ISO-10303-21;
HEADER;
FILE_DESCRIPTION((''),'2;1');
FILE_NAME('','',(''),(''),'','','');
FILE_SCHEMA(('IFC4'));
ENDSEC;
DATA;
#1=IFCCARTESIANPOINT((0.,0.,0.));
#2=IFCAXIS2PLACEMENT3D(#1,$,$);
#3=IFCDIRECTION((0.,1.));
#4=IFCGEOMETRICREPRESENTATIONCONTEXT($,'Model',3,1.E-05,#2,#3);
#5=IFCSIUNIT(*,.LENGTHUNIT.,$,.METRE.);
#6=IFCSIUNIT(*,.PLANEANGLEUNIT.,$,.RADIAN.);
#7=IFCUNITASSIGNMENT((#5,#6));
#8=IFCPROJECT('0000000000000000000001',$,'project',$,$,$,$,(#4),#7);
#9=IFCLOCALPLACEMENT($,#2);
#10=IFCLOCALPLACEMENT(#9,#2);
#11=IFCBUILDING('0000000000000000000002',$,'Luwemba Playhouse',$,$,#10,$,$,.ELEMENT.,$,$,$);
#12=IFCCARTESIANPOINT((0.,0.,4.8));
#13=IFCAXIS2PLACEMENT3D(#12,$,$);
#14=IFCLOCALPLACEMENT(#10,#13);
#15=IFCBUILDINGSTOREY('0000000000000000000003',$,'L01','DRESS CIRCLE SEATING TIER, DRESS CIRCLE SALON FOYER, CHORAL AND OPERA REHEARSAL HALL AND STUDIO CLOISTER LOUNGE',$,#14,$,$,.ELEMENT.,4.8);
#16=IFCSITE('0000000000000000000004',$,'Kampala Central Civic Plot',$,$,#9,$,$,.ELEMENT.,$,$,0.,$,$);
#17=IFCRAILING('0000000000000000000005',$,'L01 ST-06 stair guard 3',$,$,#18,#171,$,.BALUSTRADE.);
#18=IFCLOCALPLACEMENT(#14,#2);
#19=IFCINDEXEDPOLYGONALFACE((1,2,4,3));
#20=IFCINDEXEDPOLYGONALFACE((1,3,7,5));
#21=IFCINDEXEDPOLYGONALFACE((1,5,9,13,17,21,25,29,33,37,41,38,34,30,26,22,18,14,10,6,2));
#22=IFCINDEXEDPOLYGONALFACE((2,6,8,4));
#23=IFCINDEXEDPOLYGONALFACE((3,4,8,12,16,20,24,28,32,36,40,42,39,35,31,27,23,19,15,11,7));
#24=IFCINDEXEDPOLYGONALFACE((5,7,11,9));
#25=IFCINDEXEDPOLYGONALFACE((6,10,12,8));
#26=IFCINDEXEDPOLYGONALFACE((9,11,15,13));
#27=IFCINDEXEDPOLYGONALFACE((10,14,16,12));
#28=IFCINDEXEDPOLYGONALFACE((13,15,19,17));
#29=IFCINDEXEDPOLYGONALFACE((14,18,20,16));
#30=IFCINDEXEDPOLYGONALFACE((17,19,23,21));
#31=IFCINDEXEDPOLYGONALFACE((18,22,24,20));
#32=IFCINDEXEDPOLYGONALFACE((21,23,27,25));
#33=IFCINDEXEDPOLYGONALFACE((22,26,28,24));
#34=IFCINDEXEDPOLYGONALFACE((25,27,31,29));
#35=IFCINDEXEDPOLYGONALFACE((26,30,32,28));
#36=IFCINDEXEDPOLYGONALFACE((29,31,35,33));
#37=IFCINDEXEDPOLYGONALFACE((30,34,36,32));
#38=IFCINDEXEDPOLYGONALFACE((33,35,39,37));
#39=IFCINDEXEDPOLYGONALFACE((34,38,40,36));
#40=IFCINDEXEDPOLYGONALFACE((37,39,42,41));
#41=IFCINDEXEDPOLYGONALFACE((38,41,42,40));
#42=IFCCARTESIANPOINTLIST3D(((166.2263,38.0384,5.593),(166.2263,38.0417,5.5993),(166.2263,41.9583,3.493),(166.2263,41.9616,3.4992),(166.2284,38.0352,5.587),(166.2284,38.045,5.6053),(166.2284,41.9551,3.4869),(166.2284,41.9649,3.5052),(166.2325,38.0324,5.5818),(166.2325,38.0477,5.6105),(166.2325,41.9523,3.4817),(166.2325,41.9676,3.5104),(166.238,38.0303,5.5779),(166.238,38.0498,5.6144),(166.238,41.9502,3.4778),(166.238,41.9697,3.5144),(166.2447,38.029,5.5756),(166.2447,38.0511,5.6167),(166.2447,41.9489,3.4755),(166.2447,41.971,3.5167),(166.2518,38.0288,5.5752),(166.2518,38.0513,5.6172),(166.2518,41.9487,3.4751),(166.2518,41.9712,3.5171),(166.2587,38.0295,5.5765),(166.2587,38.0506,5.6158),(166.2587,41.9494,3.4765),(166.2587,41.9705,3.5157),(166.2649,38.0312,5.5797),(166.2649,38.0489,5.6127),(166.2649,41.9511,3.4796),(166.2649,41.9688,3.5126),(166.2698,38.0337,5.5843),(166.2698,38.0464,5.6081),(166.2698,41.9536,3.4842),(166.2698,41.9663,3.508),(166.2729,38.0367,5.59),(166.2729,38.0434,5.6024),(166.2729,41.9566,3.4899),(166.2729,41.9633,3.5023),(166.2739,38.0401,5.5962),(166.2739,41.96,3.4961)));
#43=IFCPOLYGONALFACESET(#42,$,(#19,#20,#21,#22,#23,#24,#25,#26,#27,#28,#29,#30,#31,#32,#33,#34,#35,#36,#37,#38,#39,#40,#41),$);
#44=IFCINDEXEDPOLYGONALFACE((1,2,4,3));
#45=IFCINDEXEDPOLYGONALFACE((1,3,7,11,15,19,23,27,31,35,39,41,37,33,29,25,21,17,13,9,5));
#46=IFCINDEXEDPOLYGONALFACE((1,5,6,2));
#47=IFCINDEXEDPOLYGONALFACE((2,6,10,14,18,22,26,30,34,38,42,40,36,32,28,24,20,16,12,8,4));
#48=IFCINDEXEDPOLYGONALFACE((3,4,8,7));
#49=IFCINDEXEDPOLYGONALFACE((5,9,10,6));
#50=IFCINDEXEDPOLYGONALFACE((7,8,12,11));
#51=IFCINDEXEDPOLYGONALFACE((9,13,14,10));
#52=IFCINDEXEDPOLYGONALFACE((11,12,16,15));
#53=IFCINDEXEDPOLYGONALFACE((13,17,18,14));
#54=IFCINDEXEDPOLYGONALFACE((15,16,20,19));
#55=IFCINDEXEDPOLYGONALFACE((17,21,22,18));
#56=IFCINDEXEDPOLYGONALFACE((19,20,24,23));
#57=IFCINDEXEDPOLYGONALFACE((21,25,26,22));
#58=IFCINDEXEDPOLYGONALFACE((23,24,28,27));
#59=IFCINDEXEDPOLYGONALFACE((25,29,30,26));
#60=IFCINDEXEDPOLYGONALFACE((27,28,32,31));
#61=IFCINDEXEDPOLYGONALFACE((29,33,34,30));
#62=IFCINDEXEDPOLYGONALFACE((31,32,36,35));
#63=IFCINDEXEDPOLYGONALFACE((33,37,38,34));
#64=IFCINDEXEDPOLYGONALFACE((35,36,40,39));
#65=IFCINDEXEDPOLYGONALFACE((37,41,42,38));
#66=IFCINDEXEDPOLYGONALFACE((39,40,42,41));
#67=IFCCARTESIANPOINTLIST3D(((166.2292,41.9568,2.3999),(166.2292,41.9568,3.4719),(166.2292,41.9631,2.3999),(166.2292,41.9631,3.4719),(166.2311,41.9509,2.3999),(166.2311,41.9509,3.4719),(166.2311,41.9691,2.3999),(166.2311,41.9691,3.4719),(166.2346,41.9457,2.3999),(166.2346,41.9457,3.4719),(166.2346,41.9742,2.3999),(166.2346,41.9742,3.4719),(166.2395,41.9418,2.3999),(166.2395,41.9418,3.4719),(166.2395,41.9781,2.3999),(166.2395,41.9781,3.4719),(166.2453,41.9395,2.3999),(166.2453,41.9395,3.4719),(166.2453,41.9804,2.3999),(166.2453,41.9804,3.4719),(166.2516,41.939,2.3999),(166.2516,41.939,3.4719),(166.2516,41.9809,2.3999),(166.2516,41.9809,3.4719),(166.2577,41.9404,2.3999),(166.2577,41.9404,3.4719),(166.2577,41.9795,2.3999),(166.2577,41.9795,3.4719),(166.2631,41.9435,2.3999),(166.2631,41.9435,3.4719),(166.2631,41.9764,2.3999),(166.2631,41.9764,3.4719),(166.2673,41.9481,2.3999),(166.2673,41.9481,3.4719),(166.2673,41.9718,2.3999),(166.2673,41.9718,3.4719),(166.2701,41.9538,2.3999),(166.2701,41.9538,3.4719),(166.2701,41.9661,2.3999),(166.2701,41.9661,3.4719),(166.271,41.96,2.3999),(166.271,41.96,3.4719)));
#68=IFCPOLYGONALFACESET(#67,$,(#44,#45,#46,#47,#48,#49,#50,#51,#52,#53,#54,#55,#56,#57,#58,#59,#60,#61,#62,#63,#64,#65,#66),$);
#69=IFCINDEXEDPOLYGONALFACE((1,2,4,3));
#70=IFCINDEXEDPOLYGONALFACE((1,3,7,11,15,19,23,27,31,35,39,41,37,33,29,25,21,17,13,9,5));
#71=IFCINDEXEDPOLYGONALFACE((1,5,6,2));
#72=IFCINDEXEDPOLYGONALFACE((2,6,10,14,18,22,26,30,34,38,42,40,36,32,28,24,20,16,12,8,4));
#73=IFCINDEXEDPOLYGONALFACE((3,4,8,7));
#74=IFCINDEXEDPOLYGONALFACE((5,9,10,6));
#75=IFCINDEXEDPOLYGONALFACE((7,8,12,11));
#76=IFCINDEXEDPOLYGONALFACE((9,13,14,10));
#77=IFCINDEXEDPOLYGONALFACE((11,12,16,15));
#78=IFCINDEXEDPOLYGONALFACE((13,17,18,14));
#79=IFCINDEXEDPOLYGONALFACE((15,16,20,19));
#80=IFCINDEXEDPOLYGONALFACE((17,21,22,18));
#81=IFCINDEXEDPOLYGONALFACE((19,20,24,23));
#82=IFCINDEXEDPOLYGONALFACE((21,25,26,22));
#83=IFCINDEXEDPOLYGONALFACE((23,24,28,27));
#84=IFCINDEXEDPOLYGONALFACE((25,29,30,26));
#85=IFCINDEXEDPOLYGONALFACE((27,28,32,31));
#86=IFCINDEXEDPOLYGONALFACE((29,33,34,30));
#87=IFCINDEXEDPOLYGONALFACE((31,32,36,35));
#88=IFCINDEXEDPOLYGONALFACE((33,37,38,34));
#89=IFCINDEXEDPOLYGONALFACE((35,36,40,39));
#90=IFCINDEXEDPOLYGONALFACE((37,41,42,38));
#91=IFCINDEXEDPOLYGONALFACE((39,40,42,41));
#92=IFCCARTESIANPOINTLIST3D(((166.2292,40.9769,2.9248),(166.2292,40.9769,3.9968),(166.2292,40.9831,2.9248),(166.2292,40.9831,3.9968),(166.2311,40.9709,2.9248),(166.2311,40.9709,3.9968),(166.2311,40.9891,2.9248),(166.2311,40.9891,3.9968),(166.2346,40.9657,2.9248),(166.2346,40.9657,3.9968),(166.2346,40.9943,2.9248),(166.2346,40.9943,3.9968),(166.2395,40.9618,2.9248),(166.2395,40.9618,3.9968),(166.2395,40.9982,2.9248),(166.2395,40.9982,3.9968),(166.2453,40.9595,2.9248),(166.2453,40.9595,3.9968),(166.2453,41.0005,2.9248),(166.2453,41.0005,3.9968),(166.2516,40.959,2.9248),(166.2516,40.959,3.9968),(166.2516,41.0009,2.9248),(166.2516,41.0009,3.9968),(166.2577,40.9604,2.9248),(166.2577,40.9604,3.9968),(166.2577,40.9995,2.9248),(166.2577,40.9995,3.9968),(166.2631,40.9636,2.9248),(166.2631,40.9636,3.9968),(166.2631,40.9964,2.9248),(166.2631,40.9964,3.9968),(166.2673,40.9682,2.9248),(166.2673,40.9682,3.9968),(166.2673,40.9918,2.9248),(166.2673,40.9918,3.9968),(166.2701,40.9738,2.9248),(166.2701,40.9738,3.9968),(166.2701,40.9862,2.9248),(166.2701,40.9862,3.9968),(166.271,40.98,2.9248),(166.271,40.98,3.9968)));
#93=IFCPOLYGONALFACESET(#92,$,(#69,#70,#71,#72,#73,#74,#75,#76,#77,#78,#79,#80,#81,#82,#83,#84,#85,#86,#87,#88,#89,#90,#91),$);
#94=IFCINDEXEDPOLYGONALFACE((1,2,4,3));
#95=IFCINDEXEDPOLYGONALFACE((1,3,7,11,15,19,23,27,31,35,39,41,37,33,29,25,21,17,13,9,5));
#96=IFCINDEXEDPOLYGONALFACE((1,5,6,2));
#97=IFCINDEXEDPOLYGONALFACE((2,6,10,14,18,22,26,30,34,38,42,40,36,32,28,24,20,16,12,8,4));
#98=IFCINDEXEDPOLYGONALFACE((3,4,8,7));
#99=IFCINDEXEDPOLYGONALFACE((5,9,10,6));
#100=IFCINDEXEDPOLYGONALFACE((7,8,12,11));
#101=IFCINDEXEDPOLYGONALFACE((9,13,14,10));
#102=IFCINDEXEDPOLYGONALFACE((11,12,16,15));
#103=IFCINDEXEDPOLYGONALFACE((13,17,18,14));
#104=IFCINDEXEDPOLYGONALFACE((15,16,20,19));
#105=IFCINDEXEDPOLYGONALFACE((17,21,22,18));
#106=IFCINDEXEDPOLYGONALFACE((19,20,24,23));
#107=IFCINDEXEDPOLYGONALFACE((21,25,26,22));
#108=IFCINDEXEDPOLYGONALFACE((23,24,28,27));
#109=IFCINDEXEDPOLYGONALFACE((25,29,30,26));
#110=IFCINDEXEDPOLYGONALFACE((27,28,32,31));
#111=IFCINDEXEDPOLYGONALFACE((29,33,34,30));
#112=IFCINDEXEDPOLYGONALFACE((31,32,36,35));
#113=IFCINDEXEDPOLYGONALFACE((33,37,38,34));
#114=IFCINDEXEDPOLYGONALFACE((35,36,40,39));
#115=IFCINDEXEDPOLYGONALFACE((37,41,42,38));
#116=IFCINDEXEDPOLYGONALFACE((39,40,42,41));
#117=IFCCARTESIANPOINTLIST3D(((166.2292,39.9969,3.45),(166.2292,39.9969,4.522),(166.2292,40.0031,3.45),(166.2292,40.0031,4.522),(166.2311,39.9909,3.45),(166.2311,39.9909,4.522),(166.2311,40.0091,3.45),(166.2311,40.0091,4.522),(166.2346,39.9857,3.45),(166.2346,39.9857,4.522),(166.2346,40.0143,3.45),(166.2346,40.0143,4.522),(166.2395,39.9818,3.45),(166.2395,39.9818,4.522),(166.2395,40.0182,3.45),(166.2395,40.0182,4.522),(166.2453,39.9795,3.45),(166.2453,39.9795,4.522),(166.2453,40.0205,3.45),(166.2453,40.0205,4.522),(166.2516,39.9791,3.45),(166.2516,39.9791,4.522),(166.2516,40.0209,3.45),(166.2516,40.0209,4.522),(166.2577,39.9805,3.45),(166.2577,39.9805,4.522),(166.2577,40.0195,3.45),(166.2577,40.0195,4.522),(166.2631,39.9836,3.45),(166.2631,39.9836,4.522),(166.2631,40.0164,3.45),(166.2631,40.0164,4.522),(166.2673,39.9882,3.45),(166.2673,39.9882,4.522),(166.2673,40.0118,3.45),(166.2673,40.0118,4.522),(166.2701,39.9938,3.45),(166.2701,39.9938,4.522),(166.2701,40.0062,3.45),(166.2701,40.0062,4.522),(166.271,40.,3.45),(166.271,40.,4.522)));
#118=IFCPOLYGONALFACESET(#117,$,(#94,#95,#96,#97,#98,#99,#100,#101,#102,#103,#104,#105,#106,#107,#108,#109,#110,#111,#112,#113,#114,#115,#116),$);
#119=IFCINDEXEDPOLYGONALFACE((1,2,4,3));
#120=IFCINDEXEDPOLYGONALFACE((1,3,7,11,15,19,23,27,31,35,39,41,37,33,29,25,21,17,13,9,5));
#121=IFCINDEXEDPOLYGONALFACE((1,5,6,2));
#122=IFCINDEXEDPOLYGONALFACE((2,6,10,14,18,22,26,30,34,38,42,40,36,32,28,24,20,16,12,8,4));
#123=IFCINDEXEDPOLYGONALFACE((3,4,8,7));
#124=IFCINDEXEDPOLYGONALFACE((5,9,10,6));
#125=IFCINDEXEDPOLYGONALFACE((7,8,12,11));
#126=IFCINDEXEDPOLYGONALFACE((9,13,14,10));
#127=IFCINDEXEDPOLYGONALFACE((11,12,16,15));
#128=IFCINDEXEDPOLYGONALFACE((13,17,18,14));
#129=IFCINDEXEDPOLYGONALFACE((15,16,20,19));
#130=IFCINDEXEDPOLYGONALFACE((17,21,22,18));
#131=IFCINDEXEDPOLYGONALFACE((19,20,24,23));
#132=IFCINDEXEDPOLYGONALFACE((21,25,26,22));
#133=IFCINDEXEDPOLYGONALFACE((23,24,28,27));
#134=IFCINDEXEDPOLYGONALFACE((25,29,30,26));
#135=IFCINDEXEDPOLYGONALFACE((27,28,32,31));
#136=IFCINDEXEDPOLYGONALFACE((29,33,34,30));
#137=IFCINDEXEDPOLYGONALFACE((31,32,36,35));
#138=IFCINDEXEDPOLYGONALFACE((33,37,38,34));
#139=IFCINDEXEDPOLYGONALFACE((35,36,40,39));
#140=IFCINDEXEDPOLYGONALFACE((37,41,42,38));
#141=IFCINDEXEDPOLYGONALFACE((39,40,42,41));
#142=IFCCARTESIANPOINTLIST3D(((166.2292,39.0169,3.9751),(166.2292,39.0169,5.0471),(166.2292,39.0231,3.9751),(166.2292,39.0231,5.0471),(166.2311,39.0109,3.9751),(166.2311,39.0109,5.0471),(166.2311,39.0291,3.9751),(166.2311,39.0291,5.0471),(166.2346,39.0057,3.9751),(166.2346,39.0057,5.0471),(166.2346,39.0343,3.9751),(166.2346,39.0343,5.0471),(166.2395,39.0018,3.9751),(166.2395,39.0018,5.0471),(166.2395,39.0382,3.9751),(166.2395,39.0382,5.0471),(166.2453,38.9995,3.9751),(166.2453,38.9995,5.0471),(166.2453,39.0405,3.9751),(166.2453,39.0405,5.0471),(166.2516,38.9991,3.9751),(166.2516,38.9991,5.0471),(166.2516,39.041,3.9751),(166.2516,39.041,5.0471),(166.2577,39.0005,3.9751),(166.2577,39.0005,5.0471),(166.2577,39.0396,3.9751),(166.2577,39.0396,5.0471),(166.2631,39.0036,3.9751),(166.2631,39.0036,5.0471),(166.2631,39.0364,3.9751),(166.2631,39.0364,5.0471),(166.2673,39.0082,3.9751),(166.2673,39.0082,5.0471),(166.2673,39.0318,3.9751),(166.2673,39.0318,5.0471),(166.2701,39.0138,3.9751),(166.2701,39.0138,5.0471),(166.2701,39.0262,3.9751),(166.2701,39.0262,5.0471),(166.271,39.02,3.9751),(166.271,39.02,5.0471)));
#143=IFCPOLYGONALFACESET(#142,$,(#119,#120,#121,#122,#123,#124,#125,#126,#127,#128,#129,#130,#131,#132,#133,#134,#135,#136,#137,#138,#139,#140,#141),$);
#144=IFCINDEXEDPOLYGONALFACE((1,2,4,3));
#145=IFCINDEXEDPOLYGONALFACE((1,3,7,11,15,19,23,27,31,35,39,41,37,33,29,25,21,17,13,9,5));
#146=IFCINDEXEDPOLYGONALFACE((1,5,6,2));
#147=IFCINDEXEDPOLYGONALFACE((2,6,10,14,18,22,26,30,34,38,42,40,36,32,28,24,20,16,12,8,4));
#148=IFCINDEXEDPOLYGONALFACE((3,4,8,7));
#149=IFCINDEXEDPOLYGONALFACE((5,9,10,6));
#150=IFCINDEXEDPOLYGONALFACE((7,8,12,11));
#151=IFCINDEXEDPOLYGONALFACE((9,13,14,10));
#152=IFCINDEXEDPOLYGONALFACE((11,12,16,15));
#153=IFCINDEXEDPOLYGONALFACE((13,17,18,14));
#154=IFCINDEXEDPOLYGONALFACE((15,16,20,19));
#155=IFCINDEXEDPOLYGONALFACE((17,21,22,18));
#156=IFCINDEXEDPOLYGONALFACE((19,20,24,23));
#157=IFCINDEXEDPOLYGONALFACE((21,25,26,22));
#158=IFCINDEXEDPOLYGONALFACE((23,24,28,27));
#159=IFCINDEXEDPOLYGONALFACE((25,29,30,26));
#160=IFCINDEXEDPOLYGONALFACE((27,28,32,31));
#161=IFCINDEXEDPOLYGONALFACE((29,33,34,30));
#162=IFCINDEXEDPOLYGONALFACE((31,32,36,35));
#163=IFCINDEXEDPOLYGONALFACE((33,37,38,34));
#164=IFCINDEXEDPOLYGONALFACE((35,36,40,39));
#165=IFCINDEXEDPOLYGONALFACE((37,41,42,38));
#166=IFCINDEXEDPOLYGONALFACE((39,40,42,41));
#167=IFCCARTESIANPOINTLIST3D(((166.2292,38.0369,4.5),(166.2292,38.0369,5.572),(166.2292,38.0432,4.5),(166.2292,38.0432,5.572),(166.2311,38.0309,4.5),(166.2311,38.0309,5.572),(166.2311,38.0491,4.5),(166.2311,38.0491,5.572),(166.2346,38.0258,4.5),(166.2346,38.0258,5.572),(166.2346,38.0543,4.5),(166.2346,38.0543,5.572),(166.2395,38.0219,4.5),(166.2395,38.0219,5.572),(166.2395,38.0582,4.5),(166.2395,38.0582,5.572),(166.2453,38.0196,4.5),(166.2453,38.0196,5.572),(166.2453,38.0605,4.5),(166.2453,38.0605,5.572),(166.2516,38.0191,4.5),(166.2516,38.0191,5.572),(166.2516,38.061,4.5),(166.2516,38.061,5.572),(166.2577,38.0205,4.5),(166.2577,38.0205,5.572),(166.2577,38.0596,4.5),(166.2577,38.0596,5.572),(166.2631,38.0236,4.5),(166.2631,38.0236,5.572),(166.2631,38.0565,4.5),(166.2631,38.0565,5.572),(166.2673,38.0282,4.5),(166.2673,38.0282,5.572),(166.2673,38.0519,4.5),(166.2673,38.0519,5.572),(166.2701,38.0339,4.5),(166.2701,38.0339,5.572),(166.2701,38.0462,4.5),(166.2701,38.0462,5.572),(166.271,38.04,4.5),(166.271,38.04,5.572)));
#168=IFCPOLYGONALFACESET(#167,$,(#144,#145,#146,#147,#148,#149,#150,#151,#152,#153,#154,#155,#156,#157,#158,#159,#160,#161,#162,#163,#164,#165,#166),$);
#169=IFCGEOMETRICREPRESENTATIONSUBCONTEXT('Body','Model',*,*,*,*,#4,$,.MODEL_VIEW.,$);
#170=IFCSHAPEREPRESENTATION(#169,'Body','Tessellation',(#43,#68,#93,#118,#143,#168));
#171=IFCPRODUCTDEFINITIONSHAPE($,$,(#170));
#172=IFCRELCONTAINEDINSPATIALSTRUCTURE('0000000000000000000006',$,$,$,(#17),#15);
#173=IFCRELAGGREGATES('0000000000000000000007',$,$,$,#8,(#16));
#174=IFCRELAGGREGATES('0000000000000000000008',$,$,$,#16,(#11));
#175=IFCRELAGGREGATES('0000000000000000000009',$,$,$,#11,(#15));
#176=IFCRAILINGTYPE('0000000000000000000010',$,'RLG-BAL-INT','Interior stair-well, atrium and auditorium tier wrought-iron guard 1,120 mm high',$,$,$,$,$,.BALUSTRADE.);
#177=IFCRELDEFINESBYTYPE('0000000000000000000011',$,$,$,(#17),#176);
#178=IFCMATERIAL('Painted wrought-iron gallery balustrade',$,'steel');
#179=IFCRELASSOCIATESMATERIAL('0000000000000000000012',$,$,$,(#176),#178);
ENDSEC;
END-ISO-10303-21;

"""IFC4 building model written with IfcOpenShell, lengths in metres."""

from ifc_helpers import new_model, si_unit, direction, frame, origin, origin_2d, place, context, subcontext, project, spatial, circle, extrude, material, type_object, element, save


model = new_model("IFC4")

# Units and contexts
model_context = context("Model", 3, precision=1e-05, world=origin(), true_north=direction((0.0, 1.0)))
body_context = subcontext(model_context, "Body", "Model", "MODEL_VIEW")
ifc_project = project(units=[si_unit("LENGTHUNIT", "METRE"), si_unit("PLANEANGLEUNIT", "RADIAN")], contexts=[model_context])

# Site, building, storey
site_placement = place(None, origin())
site = spatial("IfcSite", under=ifc_project, at=site_placement, Name="Kampala Central Civic Plot", CompositionType="ELEMENT", RefElevation=0.0)
building_placement = place(site_placement, origin())
building = spatial("IfcBuilding", under=site, at=building_placement, Name="Luwemba Playhouse", CompositionType="ELEMENT")
storey_placement = place(building_placement, frame((0.0, 0.0, 4.8)))
storey = spatial("IfcBuildingStorey", under=building, at=storey_placement, Name="L01", Description="DRESS CIRCLE SEATING TIER, DRESS CIRCLE SALON FOYER, CHORAL AND OPERA REHEARSAL HALL AND STUDIO CLOISTER LOUNGE", CompositionType="ELEMENT", Elevation=4.8)

# Railing
ifc_material_1 = material(Name="Painted wrought-iron gallery balustrade", Category="steel")
railing_type_1 = type_object("IfcRailingType", Name="RLG-BAL-INT", Description="Interior stair-well, atrium and auditorium tier wrought-iron guard 1,120 mm high", PredefinedType="BALUSTRADE", material=ifc_material_1)
railing_1_placement = place(storey_placement, frame((166.25, 41.96, 2.3999)))
element("IfcRailing", 1, at=railing_1_placement, inside=storey, type_object=railing_type_1, Name="L01 ST-06 stair guard 3", PredefinedType="BALUSTRADE", context=body_context, shape_type="SweptSolid", body=[
    extrude(circle(Radius=0.0239, at=origin_2d()), frame((0.0, 0.0, 1.0962), z_axis=(0.0, -0.881467, 0.472246), x_axis=(1.0, 0.0, 0.0)), (0.0, 0.0, 1.0), 4.447),
    extrude(circle(Radius=0.021, at=origin_2d()), origin(), (0.0, 0.0, 1.0), 1.072),
    extrude(circle(Radius=0.021, at=origin_2d()), frame((0.0, -0.98, 0.5249)), (0.0, 0.0, 1.0), 1.072),
    extrude(circle(Radius=0.021, at=origin_2d()), frame((0.0, -1.96, 1.05)), (0.0, 0.0, 1.0), 1.072),
    extrude(circle(Radius=0.021, at=origin_2d()), frame((0.0, -2.9399, 1.5752)), (0.0, 0.0, 1.0), 1.072),
    extrude(circle(Radius=0.021, at=origin_2d()), frame((0.0, -3.9199, 2.1001)), (0.0, 0.0, 1.0), 1.072),
])

save(model, "model.ifc")
